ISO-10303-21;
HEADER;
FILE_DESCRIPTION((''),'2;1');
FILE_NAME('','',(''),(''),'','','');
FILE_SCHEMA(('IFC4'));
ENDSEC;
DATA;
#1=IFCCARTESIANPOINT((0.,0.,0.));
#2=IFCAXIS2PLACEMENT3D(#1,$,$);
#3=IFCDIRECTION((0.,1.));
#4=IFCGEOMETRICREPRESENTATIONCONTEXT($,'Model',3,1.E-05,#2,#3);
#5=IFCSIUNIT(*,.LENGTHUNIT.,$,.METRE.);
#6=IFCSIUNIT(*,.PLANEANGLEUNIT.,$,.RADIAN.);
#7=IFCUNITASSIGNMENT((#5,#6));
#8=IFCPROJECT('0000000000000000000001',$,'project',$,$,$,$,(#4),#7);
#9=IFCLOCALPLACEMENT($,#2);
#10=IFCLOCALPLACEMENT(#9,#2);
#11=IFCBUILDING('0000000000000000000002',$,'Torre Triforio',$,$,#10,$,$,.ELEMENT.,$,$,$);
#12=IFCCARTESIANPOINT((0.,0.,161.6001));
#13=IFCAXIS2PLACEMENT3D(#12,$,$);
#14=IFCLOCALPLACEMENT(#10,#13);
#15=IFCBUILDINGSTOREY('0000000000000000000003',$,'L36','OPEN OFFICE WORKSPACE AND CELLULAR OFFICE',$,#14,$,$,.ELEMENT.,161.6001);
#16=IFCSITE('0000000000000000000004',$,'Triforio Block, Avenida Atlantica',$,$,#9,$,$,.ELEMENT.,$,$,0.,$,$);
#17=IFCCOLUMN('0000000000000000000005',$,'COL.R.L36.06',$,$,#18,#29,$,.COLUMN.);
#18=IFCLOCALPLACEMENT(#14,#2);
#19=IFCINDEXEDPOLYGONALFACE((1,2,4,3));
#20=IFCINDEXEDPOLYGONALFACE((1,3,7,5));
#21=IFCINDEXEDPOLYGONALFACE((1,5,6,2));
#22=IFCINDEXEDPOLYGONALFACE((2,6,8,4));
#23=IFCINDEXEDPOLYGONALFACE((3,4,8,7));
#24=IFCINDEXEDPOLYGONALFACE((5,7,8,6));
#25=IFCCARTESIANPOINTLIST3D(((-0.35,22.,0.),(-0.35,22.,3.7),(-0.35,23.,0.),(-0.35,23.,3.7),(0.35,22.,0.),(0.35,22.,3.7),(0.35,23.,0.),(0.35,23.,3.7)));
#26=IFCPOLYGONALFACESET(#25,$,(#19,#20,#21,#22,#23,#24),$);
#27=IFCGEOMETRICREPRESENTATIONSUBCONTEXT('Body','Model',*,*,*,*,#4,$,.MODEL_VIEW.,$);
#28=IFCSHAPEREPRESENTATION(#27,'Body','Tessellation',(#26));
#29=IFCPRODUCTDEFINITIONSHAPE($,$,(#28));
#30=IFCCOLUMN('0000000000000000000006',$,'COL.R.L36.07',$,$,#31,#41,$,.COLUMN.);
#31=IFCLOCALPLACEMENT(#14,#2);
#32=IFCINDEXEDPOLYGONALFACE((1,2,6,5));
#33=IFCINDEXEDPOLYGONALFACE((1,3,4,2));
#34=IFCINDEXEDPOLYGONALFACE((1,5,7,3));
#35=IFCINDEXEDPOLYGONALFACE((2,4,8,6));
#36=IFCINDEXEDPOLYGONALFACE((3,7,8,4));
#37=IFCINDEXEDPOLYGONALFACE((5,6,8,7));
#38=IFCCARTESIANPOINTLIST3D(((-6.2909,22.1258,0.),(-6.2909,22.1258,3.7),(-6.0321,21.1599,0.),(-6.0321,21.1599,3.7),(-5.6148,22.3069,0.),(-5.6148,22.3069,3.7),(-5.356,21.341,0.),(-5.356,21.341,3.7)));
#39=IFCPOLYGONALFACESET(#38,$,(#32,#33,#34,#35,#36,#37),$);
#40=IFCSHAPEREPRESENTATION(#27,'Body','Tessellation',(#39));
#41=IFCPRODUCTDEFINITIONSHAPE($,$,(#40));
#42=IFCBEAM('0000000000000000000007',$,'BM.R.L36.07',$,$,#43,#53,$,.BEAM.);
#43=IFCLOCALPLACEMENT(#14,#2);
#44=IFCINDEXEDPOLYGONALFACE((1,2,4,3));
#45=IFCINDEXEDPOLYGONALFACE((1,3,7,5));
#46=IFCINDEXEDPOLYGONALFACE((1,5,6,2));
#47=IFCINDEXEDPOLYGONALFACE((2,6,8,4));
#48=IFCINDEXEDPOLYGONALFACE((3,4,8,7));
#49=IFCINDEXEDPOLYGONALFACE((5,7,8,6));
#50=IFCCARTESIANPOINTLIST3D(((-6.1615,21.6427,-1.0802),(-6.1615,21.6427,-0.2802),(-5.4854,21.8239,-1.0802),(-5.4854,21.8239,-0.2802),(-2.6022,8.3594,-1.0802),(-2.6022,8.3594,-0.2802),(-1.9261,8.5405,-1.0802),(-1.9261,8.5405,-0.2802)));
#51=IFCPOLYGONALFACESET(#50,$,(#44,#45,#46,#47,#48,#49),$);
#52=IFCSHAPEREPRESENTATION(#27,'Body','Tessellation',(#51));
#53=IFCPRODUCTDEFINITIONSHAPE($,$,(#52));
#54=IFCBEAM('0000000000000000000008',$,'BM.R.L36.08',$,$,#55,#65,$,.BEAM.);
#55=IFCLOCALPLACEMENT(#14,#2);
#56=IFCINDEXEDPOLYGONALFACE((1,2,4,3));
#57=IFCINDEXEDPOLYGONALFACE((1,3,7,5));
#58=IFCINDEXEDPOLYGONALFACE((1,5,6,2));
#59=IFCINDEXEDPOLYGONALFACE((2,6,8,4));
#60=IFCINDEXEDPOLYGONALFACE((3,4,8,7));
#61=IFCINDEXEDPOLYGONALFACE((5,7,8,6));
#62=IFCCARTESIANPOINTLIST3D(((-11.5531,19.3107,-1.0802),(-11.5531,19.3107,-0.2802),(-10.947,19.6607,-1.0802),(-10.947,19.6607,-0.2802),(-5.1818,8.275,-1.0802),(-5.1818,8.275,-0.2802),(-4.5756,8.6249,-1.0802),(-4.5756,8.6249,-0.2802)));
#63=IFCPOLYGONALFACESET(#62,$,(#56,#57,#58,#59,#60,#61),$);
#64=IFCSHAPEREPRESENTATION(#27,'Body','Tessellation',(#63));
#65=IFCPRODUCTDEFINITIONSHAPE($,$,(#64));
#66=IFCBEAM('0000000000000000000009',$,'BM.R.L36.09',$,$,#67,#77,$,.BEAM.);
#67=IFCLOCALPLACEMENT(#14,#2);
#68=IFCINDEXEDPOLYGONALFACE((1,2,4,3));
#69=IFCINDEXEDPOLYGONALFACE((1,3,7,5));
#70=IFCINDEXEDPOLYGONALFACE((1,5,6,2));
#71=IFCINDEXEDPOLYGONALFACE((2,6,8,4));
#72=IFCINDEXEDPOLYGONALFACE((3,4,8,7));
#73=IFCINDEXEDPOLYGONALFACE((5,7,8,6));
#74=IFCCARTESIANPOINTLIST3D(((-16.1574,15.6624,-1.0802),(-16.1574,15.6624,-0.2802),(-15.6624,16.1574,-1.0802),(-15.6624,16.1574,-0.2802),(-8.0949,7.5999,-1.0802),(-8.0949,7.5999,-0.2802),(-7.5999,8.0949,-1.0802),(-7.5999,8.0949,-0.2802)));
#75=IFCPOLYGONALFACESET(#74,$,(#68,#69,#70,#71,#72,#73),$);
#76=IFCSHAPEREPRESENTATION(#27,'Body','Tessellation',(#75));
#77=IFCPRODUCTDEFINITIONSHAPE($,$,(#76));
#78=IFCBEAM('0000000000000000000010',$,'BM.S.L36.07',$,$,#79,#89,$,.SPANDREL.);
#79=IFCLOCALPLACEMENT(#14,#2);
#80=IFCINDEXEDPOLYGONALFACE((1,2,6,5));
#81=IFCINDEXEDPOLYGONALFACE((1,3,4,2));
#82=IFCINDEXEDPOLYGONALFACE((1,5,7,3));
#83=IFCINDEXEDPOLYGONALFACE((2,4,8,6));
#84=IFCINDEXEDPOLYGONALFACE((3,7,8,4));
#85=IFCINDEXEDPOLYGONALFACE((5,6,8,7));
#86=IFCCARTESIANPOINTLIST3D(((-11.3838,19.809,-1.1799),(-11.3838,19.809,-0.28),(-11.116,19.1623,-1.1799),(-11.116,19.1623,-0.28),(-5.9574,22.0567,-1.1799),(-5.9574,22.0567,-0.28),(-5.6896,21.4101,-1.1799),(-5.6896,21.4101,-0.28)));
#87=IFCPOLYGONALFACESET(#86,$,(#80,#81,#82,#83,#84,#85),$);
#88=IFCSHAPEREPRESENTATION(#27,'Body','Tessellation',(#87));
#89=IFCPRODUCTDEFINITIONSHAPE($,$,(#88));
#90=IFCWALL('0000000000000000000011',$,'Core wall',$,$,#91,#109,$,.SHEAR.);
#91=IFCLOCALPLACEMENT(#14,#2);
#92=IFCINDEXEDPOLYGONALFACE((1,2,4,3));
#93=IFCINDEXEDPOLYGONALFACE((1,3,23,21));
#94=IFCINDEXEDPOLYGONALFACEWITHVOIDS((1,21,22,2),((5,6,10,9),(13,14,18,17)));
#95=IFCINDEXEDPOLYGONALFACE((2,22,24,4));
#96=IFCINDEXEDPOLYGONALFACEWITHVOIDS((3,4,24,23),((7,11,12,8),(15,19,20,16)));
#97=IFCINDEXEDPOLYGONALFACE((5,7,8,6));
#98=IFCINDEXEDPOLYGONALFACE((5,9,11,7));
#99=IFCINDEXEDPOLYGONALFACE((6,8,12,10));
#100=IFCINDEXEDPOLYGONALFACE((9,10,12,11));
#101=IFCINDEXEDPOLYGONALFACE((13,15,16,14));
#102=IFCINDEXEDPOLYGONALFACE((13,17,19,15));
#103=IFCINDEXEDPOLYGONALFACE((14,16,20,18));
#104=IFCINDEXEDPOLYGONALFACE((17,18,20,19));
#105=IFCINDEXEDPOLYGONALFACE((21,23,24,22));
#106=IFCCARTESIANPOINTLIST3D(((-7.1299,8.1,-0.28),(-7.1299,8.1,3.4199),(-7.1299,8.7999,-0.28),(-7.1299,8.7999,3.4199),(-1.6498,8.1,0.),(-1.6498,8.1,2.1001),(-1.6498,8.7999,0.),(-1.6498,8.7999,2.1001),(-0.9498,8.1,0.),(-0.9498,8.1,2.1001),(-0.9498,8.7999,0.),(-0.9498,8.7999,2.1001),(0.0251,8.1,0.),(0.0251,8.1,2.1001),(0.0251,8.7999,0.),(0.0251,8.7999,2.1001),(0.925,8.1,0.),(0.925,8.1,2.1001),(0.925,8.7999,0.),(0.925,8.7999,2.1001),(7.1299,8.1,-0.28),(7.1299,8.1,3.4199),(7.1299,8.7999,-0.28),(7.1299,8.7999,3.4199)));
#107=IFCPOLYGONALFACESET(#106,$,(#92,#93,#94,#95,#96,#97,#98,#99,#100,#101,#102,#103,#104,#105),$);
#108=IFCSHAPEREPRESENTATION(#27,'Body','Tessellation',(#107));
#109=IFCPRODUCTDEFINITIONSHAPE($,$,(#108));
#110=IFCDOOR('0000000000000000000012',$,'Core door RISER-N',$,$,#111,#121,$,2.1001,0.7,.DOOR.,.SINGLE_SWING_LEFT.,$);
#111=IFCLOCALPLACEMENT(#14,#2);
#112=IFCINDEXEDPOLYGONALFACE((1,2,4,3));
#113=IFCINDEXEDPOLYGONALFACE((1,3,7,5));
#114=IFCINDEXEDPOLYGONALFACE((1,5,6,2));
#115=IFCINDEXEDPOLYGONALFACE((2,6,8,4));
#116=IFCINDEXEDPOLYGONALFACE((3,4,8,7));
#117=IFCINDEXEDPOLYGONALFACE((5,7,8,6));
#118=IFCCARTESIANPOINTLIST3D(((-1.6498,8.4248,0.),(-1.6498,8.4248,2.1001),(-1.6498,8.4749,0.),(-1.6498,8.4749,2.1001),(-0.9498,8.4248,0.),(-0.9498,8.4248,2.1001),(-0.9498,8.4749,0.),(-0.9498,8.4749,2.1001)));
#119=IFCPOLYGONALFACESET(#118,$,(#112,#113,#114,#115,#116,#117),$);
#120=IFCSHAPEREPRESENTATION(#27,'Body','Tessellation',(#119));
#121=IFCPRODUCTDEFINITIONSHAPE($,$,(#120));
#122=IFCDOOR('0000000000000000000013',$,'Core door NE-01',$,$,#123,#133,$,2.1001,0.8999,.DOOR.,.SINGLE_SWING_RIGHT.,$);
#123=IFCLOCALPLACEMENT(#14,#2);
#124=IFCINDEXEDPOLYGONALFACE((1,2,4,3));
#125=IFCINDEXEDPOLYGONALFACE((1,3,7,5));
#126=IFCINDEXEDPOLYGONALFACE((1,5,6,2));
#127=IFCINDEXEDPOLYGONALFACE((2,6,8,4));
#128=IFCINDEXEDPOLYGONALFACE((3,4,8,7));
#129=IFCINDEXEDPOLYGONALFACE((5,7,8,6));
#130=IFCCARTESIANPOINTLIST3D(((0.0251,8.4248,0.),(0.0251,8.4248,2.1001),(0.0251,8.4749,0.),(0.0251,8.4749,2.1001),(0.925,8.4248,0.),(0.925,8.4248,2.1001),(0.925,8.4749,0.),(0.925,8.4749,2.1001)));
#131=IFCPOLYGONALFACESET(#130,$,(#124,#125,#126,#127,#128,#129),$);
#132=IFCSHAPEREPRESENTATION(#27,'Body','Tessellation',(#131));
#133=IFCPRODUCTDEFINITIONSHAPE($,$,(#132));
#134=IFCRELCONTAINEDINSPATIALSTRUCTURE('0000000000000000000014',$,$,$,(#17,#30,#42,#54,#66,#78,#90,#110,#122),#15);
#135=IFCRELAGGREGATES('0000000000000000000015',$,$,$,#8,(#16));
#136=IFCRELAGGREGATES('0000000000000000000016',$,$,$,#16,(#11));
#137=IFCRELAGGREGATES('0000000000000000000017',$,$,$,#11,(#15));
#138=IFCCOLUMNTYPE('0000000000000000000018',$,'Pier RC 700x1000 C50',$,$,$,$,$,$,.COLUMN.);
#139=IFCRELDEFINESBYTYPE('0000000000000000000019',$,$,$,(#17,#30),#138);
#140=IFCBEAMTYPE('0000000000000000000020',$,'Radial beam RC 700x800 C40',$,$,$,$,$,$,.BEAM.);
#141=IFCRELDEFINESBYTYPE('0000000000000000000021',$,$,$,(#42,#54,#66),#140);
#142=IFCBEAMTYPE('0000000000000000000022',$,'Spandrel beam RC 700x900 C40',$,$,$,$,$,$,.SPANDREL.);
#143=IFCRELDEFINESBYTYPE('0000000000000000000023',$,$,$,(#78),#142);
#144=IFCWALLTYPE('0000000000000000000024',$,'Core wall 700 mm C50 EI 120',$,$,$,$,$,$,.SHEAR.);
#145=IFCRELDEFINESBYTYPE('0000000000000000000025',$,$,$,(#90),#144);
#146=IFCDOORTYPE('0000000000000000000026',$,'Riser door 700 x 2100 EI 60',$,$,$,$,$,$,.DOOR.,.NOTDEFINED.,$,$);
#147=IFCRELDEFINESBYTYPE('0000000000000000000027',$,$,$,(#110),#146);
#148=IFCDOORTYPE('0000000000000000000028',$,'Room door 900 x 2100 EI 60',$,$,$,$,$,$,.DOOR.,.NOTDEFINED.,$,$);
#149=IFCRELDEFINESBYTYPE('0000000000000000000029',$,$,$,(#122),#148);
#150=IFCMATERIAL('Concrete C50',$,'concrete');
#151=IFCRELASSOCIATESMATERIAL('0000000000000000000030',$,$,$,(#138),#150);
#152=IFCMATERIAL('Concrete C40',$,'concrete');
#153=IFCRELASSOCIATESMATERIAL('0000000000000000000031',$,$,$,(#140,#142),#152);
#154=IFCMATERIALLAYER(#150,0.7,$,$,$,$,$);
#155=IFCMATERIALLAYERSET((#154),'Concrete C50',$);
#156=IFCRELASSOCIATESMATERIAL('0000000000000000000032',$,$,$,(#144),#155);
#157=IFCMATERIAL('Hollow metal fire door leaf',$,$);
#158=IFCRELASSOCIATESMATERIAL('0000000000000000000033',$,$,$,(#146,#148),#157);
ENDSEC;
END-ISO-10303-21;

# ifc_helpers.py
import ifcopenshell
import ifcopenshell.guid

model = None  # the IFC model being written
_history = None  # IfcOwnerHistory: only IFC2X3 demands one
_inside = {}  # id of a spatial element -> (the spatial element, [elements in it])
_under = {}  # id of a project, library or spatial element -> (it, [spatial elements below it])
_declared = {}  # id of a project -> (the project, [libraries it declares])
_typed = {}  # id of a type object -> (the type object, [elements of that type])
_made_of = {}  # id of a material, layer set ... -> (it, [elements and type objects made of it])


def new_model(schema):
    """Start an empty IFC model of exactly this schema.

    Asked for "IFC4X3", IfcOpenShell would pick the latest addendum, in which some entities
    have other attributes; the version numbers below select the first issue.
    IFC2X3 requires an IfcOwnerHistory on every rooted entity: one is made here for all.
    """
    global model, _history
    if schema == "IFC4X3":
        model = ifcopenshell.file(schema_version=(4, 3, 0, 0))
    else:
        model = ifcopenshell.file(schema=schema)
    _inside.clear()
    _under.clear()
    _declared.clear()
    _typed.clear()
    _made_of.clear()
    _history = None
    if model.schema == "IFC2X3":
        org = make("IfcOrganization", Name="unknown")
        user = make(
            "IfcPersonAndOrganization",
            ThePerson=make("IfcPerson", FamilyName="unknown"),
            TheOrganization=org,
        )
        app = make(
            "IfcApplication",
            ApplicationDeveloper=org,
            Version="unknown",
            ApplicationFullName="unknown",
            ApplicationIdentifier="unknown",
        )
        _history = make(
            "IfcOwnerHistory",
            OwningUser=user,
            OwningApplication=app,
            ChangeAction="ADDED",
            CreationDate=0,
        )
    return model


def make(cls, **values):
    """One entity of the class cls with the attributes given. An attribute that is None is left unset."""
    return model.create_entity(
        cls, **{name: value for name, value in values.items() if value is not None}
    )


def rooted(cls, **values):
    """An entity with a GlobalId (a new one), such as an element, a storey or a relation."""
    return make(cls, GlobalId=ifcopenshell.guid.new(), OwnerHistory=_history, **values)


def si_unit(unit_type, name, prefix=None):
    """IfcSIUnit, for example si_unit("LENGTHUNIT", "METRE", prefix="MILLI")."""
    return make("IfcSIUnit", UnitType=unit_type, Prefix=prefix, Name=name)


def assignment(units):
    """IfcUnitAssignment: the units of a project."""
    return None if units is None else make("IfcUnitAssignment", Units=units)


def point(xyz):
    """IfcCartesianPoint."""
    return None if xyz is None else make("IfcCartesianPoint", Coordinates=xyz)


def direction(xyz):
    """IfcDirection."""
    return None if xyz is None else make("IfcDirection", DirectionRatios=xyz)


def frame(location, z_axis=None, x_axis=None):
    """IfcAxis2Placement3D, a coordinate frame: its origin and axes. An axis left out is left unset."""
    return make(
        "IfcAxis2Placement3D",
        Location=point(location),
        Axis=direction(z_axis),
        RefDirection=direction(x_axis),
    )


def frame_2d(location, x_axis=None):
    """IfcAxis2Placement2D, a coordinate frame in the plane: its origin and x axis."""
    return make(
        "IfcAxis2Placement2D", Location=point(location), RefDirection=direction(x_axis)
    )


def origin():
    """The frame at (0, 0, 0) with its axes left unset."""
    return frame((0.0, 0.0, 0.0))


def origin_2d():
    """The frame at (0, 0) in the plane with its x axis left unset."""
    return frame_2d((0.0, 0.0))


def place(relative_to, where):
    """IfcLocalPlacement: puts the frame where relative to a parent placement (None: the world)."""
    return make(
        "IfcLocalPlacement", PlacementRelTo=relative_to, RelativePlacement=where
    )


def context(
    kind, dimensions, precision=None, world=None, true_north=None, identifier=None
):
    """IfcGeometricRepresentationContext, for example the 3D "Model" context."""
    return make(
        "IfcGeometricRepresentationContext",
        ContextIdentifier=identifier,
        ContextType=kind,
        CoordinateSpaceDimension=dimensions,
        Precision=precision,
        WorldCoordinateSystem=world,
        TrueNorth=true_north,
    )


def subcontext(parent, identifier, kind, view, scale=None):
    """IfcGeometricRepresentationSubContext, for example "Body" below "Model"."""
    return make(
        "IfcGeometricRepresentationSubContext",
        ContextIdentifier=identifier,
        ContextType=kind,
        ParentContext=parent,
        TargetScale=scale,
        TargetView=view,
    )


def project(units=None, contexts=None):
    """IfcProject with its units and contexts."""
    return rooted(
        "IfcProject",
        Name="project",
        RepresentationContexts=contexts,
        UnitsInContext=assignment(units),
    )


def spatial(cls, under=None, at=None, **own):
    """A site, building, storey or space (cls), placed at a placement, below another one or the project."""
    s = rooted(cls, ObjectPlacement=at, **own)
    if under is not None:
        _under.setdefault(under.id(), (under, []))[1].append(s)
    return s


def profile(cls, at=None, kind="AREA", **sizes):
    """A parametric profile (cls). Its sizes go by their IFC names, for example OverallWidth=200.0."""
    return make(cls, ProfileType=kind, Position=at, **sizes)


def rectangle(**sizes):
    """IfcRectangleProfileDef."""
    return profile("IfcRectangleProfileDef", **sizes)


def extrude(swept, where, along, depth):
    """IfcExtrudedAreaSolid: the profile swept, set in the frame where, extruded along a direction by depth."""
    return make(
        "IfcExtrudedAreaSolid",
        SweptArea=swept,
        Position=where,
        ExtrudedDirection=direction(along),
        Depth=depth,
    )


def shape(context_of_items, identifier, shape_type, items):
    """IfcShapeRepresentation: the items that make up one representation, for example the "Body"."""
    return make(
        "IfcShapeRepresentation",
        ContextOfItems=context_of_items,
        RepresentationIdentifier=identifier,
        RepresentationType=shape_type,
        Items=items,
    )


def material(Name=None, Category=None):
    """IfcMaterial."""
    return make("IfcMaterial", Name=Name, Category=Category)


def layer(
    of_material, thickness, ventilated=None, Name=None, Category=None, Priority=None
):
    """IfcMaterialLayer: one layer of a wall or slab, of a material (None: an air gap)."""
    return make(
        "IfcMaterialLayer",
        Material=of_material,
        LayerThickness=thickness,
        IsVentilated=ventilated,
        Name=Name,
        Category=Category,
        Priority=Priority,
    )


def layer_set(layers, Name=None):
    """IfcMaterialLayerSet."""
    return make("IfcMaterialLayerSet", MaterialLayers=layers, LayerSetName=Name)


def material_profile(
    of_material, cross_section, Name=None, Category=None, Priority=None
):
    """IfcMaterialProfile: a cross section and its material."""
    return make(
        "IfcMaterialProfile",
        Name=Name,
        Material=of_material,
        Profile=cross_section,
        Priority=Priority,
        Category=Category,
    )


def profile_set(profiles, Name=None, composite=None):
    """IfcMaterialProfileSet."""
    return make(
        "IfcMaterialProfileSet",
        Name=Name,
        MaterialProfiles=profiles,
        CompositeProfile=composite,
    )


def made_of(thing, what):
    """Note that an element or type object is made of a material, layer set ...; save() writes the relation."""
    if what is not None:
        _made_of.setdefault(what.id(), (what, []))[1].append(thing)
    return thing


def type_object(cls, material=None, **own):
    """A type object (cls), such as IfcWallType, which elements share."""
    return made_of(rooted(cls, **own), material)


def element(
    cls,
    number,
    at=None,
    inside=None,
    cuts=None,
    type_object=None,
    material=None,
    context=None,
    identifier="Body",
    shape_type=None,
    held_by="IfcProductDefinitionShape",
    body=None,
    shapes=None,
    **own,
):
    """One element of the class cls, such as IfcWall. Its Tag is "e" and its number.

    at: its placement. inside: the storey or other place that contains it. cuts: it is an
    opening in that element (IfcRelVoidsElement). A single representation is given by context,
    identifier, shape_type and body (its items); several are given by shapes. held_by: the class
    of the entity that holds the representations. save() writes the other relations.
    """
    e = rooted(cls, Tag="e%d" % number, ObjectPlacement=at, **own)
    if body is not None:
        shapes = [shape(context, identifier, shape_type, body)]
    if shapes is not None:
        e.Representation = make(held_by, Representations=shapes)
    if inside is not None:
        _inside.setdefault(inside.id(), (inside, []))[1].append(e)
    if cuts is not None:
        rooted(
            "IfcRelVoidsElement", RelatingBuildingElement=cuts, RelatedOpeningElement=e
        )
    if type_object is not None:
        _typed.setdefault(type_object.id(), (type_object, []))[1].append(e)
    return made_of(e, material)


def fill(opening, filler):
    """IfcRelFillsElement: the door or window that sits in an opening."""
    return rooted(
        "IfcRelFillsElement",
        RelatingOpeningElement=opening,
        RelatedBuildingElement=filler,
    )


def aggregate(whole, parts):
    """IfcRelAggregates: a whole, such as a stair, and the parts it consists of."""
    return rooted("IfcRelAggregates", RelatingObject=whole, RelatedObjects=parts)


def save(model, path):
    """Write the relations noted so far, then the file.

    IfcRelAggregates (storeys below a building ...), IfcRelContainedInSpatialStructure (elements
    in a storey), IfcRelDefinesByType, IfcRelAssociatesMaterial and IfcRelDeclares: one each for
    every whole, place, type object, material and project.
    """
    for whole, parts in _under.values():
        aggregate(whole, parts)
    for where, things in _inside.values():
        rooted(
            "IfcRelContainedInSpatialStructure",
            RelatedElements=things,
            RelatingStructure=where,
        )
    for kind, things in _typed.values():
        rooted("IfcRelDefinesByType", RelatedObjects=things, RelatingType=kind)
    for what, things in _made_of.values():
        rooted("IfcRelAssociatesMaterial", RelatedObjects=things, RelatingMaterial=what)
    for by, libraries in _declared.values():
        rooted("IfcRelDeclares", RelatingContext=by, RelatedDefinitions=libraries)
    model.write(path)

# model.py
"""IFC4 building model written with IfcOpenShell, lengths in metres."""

from ifc_helpers import new_model, si_unit, direction, frame, frame_2d, origin, origin_2d, place, context, subcontext, project, spatial, rectangle, extrude, material, layer, layer_set, material_profile, profile_set, type_object, element, fill, save


model = new_model("IFC4")

# Units and contexts
model_context = context("Model", 3, precision=1e-05, world=origin(), true_north=direction((0.0, 1.0)))
body_context = subcontext(model_context, "Body", "Model", "MODEL_VIEW")
ifc_project = project(units=[si_unit("LENGTHUNIT", "METRE"), si_unit("PLANEANGLEUNIT", "RADIAN")], contexts=[model_context])

# Site, building, storey
site_placement = place(None, origin())
site = spatial("IfcSite", under=ifc_project, at=site_placement, Name="Triforio Block, Avenida Atlantica", CompositionType="ELEMENT", RefElevation=0.0)
building_placement = place(site_placement, origin())
building = spatial("IfcBuilding", under=site, at=building_placement, Name="Torre Triforio", CompositionType="ELEMENT")
storey_placement = place(building_placement, frame((0.0, 0.0, 161.6001)))
storey = spatial("IfcBuildingStorey", under=building, at=storey_placement, Name="L36", Description="OPEN OFFICE WORKSPACE AND CELLULAR OFFICE", CompositionType="ELEMENT", Elevation=161.6001)

# Columns
ifc_material_1 = material(Name="Concrete C50", Category="concrete")
ifc_material_profile_1 = material_profile(ifc_material_1, rectangle(XDim=0.7, YDim=1.0, at=origin_2d()), Name="RC 700x1000")
ifc_profile_set_1 = profile_set([ifc_material_profile_1], Name="Concrete C50")
column_type = type_object("IfcColumnType", Name="Pier RC 700x1000 C50", PredefinedType="COLUMN", material=ifc_profile_set_1)
for number, where, z_axis, x_axis, name in (
    (1, (0.0, 22.5, 0.0), (0.0, 0.0, 1.0), (-1.0, 0.0, 0.0), "COL.R.L36.06"),
    (2, (-5.8235, 21.7334, 0.0), (0.0, 0.0, 1.0), (-0.965926, -0.258819, 0.0), "COL.R.L36.07"),
):
    element("IfcColumn", number, at=place(storey_placement, frame(where, z_axis=z_axis, x_axis=x_axis)), inside=storey, type_object=column_type, Name=name, PredefinedType="COLUMN", context=body_context, shape_type="SweptSolid", body=[
        extrude(rectangle(XDim=0.7, YDim=1.0, at=origin_2d()), origin(), (0.0, 0.0, 1.0), 3.7),
    ])

# Beams
ifc_material_2 = material(Name="Concrete C40", Category="concrete")
ifc_material_profile_2 = material_profile(ifc_material_2, rectangle(XDim=0.7, YDim=0.8, at=origin_2d()), Name="RC 700x800")
ifc_profile_set_2 = profile_set([ifc_material_profile_2], Name="Concrete C40")
beam_type_1 = type_object("IfcBeamType", Name="Radial beam RC 700x800 C40", PredefinedType="BEAM", material=ifc_profile_set_2)
beam_1_placement = place(storey_placement, frame((-2.2642, 8.45, -0.6802), z_axis=(-0.258822, 0.965925, 0.0), x_axis=(-0.965925, -0.258822, 0.0)))
element("IfcBeam", 3, at=beam_1_placement, inside=storey, type_object=beam_type_1, Name="BM.R.L36.07", PredefinedType="BEAM", context=body_context, shape_type="SweptSolid", body=[
    extrude(rectangle(XDim=0.7, YDim=0.8, at=origin_2d()), origin(), (0.0, 0.0, 1.0), 13.752),
])
beam_2_placement = place(storey_placement, frame((-4.8787, 8.45, -0.6802), z_axis=(-0.499994, 0.866029, 0.0), x_axis=(-0.866029, -0.499994, 0.0)))
element("IfcBeam", 4, at=beam_2_placement, inside=storey, type_object=beam_type_1, Name="BM.R.L36.08", PredefinedType="BEAM", context=body_context, shape_type="SweptSolid", body=[
    extrude(rectangle(XDim=0.7, YDim=0.8, at=origin_2d()), origin(), (0.0, 0.0, 1.0), 12.7429),
])
beam_3_placement = place(storey_placement, frame((-7.8474, 7.8474, -0.6802), z_axis=(-0.707107, 0.707107, 0.0), x_axis=(-0.707107, -0.707107, 0.0)))
element("IfcBeam", 5, at=beam_3_placement, inside=storey, type_object=beam_type_1, Name="BM.R.L36.09", PredefinedType="BEAM", context=body_context, shape_type="SweptSolid", body=[
    extrude(rectangle(XDim=0.7, YDim=0.8, at=origin_2d()), origin(), (0.0, 0.0, 1.0), 11.4021),
])
ifc_material_profile_3 = material_profile(ifc_material_2, rectangle(XDim=0.7, YDim=0.8999, at=origin_2d()), Name="RC 700x900")
ifc_profile_set_3 = profile_set([ifc_material_profile_3], Name="Concrete C40")
beam_type_2 = type_object("IfcBeamType", Name="Spandrel beam RC 700x900 C40", PredefinedType="SPANDREL", material=ifc_profile_set_3)
beam_4_placement = place(storey_placement, frame((-5.8235, 21.7334, -0.73), z_axis=(-0.923875, -0.382693, 0.0), x_axis=(0.382693, -0.923875, 0.0)))
element("IfcBeam", 6, at=beam_4_placement, inside=storey, type_object=beam_type_2, Name="BM.S.L36.07", PredefinedType="SPANDREL", context=body_context, shape_type="SweptSolid", body=[
    extrude(rectangle(XDim=0.7, YDim=0.8999, at=origin_2d()), origin(), (0.0, 0.0, 1.0), 5.8735),
])

# Wall, openings, doors
ifc_layer_1 = layer(ifc_material_1, 0.7)
ifc_layer_set_1 = layer_set([ifc_layer_1], Name="Concrete C50")
wall_type_1 = type_object("IfcWallType", Name="Core wall 700 mm C50 EI 120", PredefinedType="SHEAR", material=ifc_layer_set_1)
wall_1_placement = place(storey_placement, frame((-7.1299, 8.45, -0.28), z_axis=(0.0, 0.0, 1.0), x_axis=(1.0, 0.0, 0.0)))
wall_1 = element("IfcWall", 7, at=wall_1_placement, inside=storey, type_object=wall_type_1, Name="Core wall", PredefinedType="SHEAR", context=body_context, shape_type="SweptSolid", body=[
    extrude(rectangle(XDim=14.2598, YDim=0.7, at=frame_2d((7.1299, 0.0))), origin(), (0.0, 0.0, 1.0), 3.7),
])
opening_1_placement = place(wall_1_placement, frame((5.48, 0.0, 0.28)))
opening_1 = element("IfcOpeningElement", 8, at=opening_1_placement, cuts=wall_1, PredefinedType="OPENING", context=body_context, shape_type="SweptSolid", body=[
    extrude(rectangle(XDim=0.7, YDim=2.1001, at=frame_2d((0.3501, 1.05))), frame((0.0, 0.3599, 0.0), z_axis=(0.0, -1.0, 0.0), x_axis=(1.0, 0.0, 0.0)), (0.0, 0.0, 1.0), 0.72),
])
opening_2_placement = place(wall_1_placement, frame((7.155, 0.0, 0.28)))
opening_2 = element("IfcOpeningElement", 9, at=opening_2_placement, cuts=wall_1, PredefinedType="OPENING", context=body_context, shape_type="SweptSolid", body=[
    extrude(rectangle(XDim=0.8999, YDim=2.1001, at=frame_2d((0.45, 1.05))), frame((0.0, 0.3599, 0.0), z_axis=(0.0, -1.0, 0.0), x_axis=(1.0, 0.0, 0.0)), (0.0, 0.0, 1.0), 0.72),
])
ifc_material_3 = material(Name="Hollow metal fire door leaf")
door_type_1 = type_object("IfcDoorType", Name="Riser door 700 x 2100 EI 60", OperationType="NOTDEFINED", PredefinedType="DOOR", material=ifc_material_3)
door_1_placement = place(opening_1_placement, origin())
door_1 = element("IfcDoor", 10, at=door_1_placement, inside=storey, type_object=door_type_1, Name="Core door RISER-N", OperationType="SINGLE_SWING_LEFT", OverallHeight=2.1001, OverallWidth=0.7, PredefinedType="DOOR", context=body_context, shape_type="SweptSolid", body=[
    extrude(rectangle(XDim=0.7, YDim=2.1001, at=frame_2d((0.3501, 1.05))), frame((0.0, 0.0249, 0.0), z_axis=(0.0, -1.0, 0.0), x_axis=(1.0, 0.0, 0.0)), (0.0, 0.0, 1.0), 0.05),
])
fill(opening_1, door_1)
door_type_2 = type_object("IfcDoorType", Name="Room door 900 x 2100 EI 60", OperationType="NOTDEFINED", PredefinedType="DOOR", material=ifc_material_3)
door_2_placement = place(opening_2_placement, origin())
door_2 = element("IfcDoor", 11, at=door_2_placement, inside=storey, type_object=door_type_2, Name="Core door NE-01", OperationType="SINGLE_SWING_RIGHT", OverallHeight=2.1001, OverallWidth=0.8999, PredefinedType="DOOR", context=body_context, shape_type="SweptSolid", body=[
    extrude(rectangle(XDim=0.8999, YDim=2.1001, at=frame_2d((0.45, 1.05))), frame((0.0, 0.0249, 0.0), z_axis=(0.0, -1.0, 0.0), x_axis=(1.0, 0.0, 0.0)), (0.0, 0.0, 1.0), 0.05),
])
fill(opening_2, door_2)

save(model, "model.ifc")
